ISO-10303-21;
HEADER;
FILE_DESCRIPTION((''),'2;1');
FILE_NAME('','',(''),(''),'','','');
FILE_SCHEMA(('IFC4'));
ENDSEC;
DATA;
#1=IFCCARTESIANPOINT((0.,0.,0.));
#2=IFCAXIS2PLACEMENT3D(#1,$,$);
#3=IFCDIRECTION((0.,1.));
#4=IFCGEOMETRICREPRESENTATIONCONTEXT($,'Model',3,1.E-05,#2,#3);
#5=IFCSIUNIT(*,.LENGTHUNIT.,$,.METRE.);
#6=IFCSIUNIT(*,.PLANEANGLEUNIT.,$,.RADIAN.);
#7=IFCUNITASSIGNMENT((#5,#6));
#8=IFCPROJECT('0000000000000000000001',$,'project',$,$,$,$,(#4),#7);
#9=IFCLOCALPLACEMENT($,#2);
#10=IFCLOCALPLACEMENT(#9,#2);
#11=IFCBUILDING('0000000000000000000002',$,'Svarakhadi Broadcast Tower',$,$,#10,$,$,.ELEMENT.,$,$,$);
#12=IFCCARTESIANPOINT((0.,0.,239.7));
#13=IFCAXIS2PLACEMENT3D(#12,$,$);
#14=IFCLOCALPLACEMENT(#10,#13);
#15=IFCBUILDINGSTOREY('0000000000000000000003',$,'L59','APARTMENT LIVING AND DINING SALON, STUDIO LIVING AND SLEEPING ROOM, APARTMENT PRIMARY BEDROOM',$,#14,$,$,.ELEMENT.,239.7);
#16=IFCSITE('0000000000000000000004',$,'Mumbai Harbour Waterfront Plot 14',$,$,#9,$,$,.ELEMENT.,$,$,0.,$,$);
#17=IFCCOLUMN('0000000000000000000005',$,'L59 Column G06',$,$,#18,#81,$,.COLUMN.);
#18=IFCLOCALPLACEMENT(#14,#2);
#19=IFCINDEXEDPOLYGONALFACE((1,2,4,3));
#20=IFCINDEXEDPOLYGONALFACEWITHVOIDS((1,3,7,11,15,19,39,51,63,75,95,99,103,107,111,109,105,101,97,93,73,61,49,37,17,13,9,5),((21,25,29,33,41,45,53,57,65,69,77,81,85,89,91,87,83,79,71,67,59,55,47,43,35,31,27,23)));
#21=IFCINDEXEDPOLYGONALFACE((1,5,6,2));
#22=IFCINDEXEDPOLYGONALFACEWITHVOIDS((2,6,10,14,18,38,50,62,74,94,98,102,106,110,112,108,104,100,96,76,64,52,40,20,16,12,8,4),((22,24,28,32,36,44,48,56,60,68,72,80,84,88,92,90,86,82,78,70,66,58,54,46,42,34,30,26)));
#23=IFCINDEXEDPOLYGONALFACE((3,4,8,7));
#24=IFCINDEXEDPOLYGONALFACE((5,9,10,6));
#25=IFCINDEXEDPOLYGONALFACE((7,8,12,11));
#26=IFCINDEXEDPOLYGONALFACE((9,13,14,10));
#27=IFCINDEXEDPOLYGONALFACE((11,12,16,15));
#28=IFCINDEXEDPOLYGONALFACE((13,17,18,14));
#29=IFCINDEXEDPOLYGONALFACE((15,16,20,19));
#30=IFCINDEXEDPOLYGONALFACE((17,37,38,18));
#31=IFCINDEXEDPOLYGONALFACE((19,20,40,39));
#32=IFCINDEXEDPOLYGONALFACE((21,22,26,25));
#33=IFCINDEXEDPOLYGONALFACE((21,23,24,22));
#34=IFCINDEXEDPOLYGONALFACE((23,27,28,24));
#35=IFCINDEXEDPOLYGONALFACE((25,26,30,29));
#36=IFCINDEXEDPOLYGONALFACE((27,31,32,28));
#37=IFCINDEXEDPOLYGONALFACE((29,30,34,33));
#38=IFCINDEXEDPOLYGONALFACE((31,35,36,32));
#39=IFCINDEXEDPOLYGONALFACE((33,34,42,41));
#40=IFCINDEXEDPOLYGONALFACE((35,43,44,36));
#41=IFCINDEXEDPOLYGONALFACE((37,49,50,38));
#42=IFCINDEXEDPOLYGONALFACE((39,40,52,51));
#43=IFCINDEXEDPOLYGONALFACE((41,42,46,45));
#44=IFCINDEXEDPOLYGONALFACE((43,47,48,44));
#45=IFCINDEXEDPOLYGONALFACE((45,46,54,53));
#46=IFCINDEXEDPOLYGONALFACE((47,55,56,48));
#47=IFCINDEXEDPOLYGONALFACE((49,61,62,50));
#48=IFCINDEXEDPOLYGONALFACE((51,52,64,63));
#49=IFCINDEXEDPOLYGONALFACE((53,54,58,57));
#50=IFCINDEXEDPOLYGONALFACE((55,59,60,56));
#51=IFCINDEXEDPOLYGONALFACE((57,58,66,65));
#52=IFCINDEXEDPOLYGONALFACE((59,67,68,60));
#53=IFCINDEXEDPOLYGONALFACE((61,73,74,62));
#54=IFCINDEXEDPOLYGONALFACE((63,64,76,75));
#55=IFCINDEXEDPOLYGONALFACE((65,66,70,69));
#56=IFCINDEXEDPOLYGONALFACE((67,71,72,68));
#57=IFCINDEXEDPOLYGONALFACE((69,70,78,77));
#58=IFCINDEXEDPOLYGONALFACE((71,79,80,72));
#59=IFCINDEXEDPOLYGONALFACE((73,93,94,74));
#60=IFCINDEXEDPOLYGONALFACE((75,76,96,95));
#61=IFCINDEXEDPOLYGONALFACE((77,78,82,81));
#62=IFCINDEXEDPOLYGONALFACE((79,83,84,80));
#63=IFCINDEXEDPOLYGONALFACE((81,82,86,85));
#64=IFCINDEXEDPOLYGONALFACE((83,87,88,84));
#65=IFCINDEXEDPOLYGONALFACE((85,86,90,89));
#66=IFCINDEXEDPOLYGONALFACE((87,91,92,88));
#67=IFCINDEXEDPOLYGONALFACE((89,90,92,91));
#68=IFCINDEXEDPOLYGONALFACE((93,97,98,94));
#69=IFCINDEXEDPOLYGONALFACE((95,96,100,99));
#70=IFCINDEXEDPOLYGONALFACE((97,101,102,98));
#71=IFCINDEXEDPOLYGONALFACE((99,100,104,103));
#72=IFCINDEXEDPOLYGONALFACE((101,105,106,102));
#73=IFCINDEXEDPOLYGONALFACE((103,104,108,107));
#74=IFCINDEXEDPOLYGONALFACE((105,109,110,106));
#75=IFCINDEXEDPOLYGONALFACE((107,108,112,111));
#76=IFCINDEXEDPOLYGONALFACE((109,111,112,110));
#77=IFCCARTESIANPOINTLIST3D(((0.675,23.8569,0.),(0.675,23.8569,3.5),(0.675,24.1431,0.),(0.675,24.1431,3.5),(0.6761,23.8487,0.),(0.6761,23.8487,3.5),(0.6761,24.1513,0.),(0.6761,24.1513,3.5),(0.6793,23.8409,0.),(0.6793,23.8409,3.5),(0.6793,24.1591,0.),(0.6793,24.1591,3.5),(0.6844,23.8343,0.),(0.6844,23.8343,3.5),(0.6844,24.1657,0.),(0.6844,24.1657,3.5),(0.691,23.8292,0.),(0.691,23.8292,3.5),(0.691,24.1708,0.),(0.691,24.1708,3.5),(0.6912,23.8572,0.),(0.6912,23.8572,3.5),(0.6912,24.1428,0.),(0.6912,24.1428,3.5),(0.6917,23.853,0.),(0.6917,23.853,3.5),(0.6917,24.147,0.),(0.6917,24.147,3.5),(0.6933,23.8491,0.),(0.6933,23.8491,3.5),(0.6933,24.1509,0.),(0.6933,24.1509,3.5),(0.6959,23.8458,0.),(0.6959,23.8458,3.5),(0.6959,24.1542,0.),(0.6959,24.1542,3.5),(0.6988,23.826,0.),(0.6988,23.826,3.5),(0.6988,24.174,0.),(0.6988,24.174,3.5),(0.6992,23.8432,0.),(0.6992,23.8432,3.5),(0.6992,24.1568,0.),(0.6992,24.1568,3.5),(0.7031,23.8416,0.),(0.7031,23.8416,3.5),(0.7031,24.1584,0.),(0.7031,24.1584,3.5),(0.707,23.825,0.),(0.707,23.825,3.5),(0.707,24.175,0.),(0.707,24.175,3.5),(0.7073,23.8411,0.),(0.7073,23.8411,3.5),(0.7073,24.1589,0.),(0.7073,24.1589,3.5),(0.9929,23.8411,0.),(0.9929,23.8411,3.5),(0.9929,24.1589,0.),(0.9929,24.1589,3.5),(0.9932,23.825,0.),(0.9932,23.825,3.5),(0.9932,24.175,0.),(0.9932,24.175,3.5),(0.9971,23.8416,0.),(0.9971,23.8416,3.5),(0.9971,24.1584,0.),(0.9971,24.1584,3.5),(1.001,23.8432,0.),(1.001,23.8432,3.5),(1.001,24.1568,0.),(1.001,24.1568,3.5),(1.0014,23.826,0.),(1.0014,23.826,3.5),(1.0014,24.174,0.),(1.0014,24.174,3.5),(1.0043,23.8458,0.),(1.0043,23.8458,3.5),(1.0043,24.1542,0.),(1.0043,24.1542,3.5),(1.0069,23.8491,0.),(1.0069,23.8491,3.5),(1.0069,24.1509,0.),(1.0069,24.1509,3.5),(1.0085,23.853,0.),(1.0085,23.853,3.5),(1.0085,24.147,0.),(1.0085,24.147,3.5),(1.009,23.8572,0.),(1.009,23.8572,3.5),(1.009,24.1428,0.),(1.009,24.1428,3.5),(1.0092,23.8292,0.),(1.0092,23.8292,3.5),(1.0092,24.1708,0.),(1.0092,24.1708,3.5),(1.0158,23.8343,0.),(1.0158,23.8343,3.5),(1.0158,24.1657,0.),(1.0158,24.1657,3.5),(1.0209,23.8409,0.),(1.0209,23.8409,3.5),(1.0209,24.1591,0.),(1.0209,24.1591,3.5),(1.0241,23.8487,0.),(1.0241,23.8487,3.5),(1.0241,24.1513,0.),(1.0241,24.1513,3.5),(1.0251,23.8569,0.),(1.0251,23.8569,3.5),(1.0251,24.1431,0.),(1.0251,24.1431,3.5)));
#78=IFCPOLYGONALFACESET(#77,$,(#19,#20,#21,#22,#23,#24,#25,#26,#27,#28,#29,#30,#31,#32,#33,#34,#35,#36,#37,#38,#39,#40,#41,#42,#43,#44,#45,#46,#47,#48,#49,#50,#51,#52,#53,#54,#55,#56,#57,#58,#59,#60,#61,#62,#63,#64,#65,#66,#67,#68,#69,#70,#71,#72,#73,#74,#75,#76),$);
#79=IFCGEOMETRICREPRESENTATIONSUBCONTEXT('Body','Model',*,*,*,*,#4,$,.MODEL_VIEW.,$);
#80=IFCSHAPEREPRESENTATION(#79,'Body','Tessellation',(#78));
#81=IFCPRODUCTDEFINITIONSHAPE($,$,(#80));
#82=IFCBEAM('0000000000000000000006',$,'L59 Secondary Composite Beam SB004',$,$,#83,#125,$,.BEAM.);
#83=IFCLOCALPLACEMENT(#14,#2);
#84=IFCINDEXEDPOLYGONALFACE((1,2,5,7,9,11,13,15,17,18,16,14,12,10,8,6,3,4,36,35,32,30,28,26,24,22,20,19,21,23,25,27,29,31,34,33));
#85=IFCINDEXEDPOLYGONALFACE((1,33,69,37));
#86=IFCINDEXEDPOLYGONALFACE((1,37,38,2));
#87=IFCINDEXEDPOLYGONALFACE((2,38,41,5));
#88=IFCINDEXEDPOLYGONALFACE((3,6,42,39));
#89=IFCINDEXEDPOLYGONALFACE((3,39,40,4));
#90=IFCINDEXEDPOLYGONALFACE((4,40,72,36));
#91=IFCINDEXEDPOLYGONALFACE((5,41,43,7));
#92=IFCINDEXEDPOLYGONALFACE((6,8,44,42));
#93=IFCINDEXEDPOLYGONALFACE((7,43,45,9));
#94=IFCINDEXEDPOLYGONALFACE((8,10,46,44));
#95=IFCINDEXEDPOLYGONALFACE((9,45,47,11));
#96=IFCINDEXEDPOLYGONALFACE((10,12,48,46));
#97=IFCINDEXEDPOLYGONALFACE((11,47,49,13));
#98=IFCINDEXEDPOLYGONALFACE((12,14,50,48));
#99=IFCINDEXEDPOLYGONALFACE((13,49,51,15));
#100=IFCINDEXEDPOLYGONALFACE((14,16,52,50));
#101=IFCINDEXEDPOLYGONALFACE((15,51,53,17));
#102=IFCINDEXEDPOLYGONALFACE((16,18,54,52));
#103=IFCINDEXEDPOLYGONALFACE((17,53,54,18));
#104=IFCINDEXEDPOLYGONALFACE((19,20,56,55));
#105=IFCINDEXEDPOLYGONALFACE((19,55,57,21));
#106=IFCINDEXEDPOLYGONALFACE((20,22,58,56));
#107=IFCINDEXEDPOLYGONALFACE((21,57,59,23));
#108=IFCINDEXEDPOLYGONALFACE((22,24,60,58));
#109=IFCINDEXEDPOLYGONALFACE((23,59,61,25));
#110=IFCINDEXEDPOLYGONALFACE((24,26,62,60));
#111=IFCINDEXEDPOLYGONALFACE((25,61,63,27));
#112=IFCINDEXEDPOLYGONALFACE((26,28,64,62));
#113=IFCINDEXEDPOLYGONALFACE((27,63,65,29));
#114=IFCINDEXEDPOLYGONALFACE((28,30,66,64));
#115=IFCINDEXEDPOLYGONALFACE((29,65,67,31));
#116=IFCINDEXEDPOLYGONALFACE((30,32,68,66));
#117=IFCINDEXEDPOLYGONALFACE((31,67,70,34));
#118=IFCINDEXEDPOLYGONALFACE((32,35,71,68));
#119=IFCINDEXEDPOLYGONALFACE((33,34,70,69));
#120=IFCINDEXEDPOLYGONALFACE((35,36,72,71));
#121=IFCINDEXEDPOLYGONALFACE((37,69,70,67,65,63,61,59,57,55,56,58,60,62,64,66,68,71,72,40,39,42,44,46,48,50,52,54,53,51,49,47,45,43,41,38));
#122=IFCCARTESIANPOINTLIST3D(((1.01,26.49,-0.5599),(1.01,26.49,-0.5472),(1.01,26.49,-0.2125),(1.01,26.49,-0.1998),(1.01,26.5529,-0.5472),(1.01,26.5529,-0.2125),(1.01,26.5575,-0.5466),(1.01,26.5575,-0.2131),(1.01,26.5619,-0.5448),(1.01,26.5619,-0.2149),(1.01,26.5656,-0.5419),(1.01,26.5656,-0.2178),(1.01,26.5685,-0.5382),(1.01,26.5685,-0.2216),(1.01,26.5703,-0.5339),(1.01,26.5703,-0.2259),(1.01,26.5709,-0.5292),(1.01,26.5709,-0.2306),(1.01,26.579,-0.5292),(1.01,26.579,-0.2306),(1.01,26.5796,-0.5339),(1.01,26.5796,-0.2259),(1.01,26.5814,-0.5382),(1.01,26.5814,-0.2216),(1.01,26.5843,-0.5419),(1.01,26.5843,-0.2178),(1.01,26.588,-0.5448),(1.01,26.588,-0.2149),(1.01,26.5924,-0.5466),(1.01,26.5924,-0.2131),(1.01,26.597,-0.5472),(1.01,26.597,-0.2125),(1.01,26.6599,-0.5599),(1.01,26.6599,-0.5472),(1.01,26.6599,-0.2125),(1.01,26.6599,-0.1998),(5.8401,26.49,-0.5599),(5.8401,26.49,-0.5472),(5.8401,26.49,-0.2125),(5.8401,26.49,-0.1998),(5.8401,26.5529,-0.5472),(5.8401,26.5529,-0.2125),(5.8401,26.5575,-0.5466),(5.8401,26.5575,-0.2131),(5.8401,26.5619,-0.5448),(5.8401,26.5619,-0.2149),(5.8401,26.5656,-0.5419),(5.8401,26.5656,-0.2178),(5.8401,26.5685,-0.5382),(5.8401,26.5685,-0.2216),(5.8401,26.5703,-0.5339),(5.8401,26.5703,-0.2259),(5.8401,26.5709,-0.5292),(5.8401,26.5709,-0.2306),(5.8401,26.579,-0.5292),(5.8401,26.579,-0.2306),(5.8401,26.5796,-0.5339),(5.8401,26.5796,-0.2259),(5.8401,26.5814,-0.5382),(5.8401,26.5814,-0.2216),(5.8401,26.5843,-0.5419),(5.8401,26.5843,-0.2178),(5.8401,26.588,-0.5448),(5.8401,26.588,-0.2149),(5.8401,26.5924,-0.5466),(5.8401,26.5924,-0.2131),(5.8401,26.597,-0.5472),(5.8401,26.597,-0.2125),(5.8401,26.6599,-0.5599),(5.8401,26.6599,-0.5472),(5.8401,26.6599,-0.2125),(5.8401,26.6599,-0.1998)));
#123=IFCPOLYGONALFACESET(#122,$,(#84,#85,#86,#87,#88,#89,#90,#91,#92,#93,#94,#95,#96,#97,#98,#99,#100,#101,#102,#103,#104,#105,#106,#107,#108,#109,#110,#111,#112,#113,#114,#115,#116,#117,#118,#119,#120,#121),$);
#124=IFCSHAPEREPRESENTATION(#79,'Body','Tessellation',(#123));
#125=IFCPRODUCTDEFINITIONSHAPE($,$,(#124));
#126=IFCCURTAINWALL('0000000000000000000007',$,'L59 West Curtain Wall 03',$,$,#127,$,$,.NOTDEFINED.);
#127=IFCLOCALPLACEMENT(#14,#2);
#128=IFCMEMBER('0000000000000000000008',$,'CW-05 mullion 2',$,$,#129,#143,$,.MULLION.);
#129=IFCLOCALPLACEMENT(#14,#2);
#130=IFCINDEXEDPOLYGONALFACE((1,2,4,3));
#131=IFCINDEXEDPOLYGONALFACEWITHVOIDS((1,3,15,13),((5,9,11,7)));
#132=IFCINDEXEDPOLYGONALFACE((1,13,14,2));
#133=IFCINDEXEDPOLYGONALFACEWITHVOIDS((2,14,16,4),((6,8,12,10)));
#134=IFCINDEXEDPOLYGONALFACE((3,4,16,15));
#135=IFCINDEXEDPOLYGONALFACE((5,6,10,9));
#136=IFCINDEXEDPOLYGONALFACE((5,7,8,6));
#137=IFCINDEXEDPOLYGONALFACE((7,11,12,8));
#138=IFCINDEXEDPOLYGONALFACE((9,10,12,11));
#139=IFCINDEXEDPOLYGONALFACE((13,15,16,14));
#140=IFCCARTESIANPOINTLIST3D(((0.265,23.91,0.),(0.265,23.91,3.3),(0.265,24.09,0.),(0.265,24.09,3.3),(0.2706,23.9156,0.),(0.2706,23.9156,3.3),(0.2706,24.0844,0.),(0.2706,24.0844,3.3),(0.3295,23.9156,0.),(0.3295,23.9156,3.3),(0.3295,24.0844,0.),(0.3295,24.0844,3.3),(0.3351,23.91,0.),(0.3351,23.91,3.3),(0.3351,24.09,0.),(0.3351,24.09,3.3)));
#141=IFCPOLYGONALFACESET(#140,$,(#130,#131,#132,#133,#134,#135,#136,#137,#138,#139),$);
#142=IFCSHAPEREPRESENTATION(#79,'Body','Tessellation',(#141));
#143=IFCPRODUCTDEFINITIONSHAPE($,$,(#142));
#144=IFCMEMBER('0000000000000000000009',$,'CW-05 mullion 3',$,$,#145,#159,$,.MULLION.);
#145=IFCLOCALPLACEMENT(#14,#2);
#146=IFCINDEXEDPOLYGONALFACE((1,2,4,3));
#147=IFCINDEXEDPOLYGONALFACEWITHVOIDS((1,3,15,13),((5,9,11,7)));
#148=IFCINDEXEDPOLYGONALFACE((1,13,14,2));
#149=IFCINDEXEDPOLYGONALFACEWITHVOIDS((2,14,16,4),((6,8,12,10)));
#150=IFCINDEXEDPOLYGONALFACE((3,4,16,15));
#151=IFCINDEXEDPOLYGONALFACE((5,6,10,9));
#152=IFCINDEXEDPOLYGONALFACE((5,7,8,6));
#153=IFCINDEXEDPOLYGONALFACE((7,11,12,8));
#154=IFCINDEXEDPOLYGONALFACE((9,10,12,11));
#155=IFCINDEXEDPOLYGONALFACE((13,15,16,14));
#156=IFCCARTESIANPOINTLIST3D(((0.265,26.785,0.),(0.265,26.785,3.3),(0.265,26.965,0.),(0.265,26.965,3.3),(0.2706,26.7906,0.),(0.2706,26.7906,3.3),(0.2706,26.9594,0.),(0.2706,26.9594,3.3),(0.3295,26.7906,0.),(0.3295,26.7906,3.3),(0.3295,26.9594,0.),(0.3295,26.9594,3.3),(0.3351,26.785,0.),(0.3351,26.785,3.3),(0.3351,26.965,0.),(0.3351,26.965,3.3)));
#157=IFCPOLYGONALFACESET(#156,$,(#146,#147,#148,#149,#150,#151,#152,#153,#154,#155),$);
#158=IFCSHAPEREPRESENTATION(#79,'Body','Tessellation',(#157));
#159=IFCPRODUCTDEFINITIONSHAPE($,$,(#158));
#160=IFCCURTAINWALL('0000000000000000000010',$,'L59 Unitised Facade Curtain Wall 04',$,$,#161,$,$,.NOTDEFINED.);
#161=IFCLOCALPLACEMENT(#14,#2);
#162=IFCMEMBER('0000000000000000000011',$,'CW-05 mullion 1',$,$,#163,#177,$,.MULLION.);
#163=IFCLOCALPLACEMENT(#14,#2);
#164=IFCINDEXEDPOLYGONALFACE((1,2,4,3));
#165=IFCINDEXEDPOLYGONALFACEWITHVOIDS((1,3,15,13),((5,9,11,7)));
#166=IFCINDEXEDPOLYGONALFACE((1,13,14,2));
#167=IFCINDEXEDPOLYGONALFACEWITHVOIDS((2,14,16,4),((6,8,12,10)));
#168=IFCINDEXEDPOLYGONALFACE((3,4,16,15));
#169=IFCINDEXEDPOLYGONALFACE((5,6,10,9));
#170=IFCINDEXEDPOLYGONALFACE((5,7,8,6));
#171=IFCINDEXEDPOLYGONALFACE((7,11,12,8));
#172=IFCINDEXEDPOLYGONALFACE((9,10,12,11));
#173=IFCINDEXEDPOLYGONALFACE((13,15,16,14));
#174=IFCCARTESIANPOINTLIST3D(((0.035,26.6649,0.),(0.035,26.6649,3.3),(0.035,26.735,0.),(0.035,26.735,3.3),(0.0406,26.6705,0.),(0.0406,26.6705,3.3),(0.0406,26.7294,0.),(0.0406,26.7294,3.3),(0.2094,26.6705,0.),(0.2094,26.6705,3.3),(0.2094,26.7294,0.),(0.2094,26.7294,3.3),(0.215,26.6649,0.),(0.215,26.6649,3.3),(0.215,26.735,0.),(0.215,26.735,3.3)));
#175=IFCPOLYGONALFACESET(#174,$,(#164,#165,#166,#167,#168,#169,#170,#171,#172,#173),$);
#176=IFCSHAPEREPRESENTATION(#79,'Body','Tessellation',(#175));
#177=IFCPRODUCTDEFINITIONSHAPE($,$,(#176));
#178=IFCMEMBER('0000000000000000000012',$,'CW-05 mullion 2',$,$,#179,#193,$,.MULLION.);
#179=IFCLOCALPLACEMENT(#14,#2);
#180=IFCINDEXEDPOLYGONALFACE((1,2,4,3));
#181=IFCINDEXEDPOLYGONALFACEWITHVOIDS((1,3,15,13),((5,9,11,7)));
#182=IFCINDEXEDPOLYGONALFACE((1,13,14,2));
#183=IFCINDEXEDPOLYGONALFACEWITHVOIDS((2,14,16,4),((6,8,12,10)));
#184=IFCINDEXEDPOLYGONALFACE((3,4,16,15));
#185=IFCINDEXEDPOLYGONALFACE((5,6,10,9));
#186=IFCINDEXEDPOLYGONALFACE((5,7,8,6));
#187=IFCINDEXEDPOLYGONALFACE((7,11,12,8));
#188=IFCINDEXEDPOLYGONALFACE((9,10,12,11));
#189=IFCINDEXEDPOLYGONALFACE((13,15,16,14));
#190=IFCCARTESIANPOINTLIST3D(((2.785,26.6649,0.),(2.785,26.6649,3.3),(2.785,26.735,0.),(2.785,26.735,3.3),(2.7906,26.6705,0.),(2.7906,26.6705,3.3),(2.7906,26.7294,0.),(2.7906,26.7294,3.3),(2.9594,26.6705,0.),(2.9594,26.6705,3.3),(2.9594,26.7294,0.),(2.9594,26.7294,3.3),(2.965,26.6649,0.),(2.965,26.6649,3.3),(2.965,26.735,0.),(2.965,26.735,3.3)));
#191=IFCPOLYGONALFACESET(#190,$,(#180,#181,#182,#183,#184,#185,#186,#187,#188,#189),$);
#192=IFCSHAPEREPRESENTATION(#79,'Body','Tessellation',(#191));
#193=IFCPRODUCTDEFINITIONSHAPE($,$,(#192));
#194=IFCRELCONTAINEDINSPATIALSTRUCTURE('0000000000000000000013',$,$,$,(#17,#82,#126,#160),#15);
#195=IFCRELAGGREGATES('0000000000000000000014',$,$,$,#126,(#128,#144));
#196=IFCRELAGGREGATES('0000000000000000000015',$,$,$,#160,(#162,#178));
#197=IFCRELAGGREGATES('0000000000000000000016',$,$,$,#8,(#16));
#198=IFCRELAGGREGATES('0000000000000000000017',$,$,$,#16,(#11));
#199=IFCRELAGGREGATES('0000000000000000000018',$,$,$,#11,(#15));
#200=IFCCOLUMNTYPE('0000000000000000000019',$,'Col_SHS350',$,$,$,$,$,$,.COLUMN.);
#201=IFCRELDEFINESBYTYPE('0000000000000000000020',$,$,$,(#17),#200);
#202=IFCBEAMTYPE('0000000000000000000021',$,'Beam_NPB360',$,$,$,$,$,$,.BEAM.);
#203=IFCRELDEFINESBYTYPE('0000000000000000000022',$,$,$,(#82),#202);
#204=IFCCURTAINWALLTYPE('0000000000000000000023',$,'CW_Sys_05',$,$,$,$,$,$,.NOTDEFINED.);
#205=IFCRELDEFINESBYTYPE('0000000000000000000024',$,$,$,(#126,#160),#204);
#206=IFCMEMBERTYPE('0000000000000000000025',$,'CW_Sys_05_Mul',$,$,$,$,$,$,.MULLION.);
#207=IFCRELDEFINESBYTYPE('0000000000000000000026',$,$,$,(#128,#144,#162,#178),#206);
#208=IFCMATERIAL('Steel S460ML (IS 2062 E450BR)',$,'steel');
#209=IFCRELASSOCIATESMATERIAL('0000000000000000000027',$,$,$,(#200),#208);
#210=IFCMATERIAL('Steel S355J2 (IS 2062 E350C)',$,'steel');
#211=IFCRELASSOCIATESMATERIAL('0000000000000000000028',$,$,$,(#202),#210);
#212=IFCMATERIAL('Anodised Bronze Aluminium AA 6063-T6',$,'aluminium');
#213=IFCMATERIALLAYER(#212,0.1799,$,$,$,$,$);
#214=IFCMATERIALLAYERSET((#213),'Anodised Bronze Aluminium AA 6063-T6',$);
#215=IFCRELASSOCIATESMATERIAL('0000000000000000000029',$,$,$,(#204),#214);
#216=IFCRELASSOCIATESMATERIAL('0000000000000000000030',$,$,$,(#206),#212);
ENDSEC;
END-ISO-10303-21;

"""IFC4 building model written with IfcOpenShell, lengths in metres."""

from ifc_helpers import new_model, si_unit, direction, frame, origin, origin_2d, place, context, subcontext, project, spatial, hollow_rectangle, i_section, extrude, material, layer, layer_set, material_profile, profile_set, type_object, element, aggregate, save


model = new_model("IFC4")

# Units and contexts
model_context = context("Model", 3, precision=1e-05, world=origin(), true_north=direction((0.0, 1.0)))
body_context = subcontext(model_context, "Body", "Model", "MODEL_VIEW")
ifc_project = project(units=[si_unit("LENGTHUNIT", "METRE"), si_unit("PLANEANGLEUNIT", "RADIAN")], contexts=[model_context])

# Site, building, storey
site_placement = place(None, origin())
site = spatial("IfcSite", under=ifc_project, at=site_placement, Name="Mumbai Harbour Waterfront Plot 14", CompositionType="ELEMENT", RefElevation=0.0)
building_placement = place(site_placement, origin())
building = spatial("IfcBuilding", under=site, at=building_placement, Name="Svarakhadi Broadcast Tower", CompositionType="ELEMENT")
storey_placement = place(building_placement, frame((0.0, 0.0, 239.7)))
storey = spatial("IfcBuildingStorey", under=building, at=storey_placement, Name="L59", Description="APARTMENT LIVING AND DINING SALON, STUDIO LIVING AND SLEEPING ROOM, APARTMENT PRIMARY BEDROOM", CompositionType="ELEMENT", Elevation=239.7)

# Column
ifc_material_1 = material(Name="Steel S460ML (IS 2062 E450BR)", Category="steel")
ifc_material_profile_1 = material_profile(ifc_material_1, hollow_rectangle(XDim=0.3501, YDim=0.3501, WallThickness=0.0161, InnerFilletRadius=0.0161, OuterFilletRadius=0.032, at=origin_2d()), Name="SHS 350x350x16")
ifc_profile_set_1 = profile_set([ifc_material_profile_1], Name="Steel S460ML (IS 2062 E450BR)")
column_type = type_object("IfcColumnType", Name="Col_SHS350", PredefinedType="COLUMN", material=ifc_profile_set_1)
column_placement = place(storey_placement, frame((0.8501, 24.0, 0.0), z_axis=(0.0, 0.0, 1.0), x_axis=(1.0, 0.0, 0.0)))
element("IfcColumn", 1, at=column_placement, inside=storey, type_object=column_type, Name="L59 Column G06", PredefinedType="COLUMN", context=body_context, shape_type="SweptSolid", body=[
    extrude(hollow_rectangle(XDim=0.3501, YDim=0.3501, WallThickness=0.0161, InnerFilletRadius=0.0161, OuterFilletRadius=0.032, at=origin_2d()), origin(), (0.0, 0.0, 1.0), 3.5),
])

# Beam
ifc_material_2 = material(Name="Steel S355J2 (IS 2062 E350C)", Category="steel")
ifc_material_profile_2 = material_profile(ifc_material_2, i_section(OverallWidth=0.1699, OverallDepth=0.3601, WebThickness=0.0081, FlangeThickness=0.0127, FilletRadius=0.0181, at=origin_2d()), Name="NPB 360x170x57")
ifc_profile_set_2 = profile_set([ifc_material_profile_2], Name="Steel S355J2 (IS 2062 E350C)")
beam_type_1 = type_object("IfcBeamType", Name="Beam_NPB360", PredefinedType="BEAM", material=ifc_profile_set_2)
beam_placement = place(storey_placement, frame((1.01, 26.575, -0.3799), z_axis=(1.0, 0.0, 0.0), x_axis=(0.0, 1.0, 0.0)))
element("IfcBeam", 2, at=beam_placement, inside=storey, type_object=beam_type_1, Name="L59 Secondary Composite Beam SB004", PredefinedType="BEAM", context=body_context, shape_type="SweptSolid", body=[
    extrude(i_section(OverallWidth=0.1699, OverallDepth=0.3601, WebThickness=0.0081, FlangeThickness=0.0127, FilletRadius=0.0181, at=origin_2d()), origin(), (0.0, 0.0, 1.0), 4.8301),
])

# Curtain walls, members
ifc_material_3 = material(Name="Anodised Bronze Aluminium AA 6063-T6", Category="aluminium")
ifc_layer_1 = layer(ifc_material_3, 0.1799)
ifc_layer_set_1 = layer_set([ifc_layer_1], Name="Anodised Bronze Aluminium AA 6063-T6")
curtain_wall_type = type_object("IfcCurtainWallType", Name="CW_Sys_05", PredefinedType="NOTDEFINED", material=ifc_layer_set_1)
curtain_wall_1_placement = place(storey_placement, origin())
curtain_wall_1 = element("IfcCurtainWall", 3, at=curtain_wall_1_placement, inside=storey, type_object=curtain_wall_type, Name="L59 West Curtain Wall 03", PredefinedType="NOTDEFINED")
ifc_material_profile_3 = material_profile(ifc_material_3, hollow_rectangle(XDim=0.0701, YDim=0.1799, WallThickness=0.0056, at=origin_2d()), Name="ALU MULLION 180x70x6")
ifc_profile_set_3 = profile_set([ifc_material_profile_3], Name="Anodised Bronze Aluminium AA 6063-T6")
member_type_1 = type_object("IfcMemberType", Name="CW_Sys_05_Mul", PredefinedType="MULLION", material=ifc_profile_set_3)
member_1_placement = place(storey_placement, frame((0.3, 24.0, 0.0), z_axis=(0.0, 0.0, 1.0), x_axis=(-1.0, 0.0, 0.0)))
member_1 = element("IfcMember", 4, at=member_1_placement, type_object=member_type_1, Name="CW-05 mullion 2", PredefinedType="MULLION", context=body_context, shape_type="SweptSolid", body=[
    extrude(hollow_rectangle(XDim=0.0701, YDim=0.1799, WallThickness=0.0056, at=origin_2d()), origin(), (0.0, 0.0, 1.0), 3.3),
])
member_2_placement = place(storey_placement, frame((0.3, 26.875, 0.0), z_axis=(0.0, 0.0, 1.0), x_axis=(-1.0, 0.0, 0.0)))
member_2 = element("IfcMember", 5, at=member_2_placement, type_object=member_type_1, Name="CW-05 mullion 3", PredefinedType="MULLION", context=body_context, shape_type="SweptSolid", body=[
    extrude(hollow_rectangle(XDim=0.0701, YDim=0.1799, WallThickness=0.0056, at=origin_2d()), origin(), (0.0, 0.0, 1.0), 3.3),
])
curtain_wall_2_placement = place(storey_placement, origin())
curtain_wall_2 = element("IfcCurtainWall", 6, at=curtain_wall_2_placement, inside=storey, type_object=curtain_wall_type, Name="L59 Unitised Facade Curtain Wall 04", PredefinedType="NOTDEFINED")
member_3_placement = place(storey_placement, frame((0.125, 26.7, 0.0), z_axis=(0.0, 0.0, 1.0), x_axis=(0.0, 1.0, 0.0)))
member_3 = element("IfcMember", 7, at=member_3_placement, type_object=member_type_1, Name="CW-05 mullion 1", PredefinedType="MULLION", context=body_context, shape_type="SweptSolid", body=[
    extrude(hollow_rectangle(XDim=0.0701, YDim=0.1799, WallThickness=0.0056, at=origin_2d()), origin(), (0.0, 0.0, 1.0), 3.3),
])
member_4_placement = place(storey_placement, frame((2.875, 26.7, 0.0), z_axis=(0.0, 0.0, 1.0), x_axis=(0.0, 1.0, 0.0)))
member_4 = element("IfcMember", 8, at=member_4_placement, type_object=member_type_1, Name="CW-05 mullion 2", PredefinedType="MULLION", context=body_context, shape_type="SweptSolid", body=[
    extrude(hollow_rectangle(XDim=0.0701, YDim=0.1799, WallThickness=0.0056, at=origin_2d()), origin(), (0.0, 0.0, 1.0), 3.3),
])

aggregate(curtain_wall_1, [member_1, member_2])
aggregate(curtain_wall_2, [member_3, member_4])

save(model, "model.ifc")
